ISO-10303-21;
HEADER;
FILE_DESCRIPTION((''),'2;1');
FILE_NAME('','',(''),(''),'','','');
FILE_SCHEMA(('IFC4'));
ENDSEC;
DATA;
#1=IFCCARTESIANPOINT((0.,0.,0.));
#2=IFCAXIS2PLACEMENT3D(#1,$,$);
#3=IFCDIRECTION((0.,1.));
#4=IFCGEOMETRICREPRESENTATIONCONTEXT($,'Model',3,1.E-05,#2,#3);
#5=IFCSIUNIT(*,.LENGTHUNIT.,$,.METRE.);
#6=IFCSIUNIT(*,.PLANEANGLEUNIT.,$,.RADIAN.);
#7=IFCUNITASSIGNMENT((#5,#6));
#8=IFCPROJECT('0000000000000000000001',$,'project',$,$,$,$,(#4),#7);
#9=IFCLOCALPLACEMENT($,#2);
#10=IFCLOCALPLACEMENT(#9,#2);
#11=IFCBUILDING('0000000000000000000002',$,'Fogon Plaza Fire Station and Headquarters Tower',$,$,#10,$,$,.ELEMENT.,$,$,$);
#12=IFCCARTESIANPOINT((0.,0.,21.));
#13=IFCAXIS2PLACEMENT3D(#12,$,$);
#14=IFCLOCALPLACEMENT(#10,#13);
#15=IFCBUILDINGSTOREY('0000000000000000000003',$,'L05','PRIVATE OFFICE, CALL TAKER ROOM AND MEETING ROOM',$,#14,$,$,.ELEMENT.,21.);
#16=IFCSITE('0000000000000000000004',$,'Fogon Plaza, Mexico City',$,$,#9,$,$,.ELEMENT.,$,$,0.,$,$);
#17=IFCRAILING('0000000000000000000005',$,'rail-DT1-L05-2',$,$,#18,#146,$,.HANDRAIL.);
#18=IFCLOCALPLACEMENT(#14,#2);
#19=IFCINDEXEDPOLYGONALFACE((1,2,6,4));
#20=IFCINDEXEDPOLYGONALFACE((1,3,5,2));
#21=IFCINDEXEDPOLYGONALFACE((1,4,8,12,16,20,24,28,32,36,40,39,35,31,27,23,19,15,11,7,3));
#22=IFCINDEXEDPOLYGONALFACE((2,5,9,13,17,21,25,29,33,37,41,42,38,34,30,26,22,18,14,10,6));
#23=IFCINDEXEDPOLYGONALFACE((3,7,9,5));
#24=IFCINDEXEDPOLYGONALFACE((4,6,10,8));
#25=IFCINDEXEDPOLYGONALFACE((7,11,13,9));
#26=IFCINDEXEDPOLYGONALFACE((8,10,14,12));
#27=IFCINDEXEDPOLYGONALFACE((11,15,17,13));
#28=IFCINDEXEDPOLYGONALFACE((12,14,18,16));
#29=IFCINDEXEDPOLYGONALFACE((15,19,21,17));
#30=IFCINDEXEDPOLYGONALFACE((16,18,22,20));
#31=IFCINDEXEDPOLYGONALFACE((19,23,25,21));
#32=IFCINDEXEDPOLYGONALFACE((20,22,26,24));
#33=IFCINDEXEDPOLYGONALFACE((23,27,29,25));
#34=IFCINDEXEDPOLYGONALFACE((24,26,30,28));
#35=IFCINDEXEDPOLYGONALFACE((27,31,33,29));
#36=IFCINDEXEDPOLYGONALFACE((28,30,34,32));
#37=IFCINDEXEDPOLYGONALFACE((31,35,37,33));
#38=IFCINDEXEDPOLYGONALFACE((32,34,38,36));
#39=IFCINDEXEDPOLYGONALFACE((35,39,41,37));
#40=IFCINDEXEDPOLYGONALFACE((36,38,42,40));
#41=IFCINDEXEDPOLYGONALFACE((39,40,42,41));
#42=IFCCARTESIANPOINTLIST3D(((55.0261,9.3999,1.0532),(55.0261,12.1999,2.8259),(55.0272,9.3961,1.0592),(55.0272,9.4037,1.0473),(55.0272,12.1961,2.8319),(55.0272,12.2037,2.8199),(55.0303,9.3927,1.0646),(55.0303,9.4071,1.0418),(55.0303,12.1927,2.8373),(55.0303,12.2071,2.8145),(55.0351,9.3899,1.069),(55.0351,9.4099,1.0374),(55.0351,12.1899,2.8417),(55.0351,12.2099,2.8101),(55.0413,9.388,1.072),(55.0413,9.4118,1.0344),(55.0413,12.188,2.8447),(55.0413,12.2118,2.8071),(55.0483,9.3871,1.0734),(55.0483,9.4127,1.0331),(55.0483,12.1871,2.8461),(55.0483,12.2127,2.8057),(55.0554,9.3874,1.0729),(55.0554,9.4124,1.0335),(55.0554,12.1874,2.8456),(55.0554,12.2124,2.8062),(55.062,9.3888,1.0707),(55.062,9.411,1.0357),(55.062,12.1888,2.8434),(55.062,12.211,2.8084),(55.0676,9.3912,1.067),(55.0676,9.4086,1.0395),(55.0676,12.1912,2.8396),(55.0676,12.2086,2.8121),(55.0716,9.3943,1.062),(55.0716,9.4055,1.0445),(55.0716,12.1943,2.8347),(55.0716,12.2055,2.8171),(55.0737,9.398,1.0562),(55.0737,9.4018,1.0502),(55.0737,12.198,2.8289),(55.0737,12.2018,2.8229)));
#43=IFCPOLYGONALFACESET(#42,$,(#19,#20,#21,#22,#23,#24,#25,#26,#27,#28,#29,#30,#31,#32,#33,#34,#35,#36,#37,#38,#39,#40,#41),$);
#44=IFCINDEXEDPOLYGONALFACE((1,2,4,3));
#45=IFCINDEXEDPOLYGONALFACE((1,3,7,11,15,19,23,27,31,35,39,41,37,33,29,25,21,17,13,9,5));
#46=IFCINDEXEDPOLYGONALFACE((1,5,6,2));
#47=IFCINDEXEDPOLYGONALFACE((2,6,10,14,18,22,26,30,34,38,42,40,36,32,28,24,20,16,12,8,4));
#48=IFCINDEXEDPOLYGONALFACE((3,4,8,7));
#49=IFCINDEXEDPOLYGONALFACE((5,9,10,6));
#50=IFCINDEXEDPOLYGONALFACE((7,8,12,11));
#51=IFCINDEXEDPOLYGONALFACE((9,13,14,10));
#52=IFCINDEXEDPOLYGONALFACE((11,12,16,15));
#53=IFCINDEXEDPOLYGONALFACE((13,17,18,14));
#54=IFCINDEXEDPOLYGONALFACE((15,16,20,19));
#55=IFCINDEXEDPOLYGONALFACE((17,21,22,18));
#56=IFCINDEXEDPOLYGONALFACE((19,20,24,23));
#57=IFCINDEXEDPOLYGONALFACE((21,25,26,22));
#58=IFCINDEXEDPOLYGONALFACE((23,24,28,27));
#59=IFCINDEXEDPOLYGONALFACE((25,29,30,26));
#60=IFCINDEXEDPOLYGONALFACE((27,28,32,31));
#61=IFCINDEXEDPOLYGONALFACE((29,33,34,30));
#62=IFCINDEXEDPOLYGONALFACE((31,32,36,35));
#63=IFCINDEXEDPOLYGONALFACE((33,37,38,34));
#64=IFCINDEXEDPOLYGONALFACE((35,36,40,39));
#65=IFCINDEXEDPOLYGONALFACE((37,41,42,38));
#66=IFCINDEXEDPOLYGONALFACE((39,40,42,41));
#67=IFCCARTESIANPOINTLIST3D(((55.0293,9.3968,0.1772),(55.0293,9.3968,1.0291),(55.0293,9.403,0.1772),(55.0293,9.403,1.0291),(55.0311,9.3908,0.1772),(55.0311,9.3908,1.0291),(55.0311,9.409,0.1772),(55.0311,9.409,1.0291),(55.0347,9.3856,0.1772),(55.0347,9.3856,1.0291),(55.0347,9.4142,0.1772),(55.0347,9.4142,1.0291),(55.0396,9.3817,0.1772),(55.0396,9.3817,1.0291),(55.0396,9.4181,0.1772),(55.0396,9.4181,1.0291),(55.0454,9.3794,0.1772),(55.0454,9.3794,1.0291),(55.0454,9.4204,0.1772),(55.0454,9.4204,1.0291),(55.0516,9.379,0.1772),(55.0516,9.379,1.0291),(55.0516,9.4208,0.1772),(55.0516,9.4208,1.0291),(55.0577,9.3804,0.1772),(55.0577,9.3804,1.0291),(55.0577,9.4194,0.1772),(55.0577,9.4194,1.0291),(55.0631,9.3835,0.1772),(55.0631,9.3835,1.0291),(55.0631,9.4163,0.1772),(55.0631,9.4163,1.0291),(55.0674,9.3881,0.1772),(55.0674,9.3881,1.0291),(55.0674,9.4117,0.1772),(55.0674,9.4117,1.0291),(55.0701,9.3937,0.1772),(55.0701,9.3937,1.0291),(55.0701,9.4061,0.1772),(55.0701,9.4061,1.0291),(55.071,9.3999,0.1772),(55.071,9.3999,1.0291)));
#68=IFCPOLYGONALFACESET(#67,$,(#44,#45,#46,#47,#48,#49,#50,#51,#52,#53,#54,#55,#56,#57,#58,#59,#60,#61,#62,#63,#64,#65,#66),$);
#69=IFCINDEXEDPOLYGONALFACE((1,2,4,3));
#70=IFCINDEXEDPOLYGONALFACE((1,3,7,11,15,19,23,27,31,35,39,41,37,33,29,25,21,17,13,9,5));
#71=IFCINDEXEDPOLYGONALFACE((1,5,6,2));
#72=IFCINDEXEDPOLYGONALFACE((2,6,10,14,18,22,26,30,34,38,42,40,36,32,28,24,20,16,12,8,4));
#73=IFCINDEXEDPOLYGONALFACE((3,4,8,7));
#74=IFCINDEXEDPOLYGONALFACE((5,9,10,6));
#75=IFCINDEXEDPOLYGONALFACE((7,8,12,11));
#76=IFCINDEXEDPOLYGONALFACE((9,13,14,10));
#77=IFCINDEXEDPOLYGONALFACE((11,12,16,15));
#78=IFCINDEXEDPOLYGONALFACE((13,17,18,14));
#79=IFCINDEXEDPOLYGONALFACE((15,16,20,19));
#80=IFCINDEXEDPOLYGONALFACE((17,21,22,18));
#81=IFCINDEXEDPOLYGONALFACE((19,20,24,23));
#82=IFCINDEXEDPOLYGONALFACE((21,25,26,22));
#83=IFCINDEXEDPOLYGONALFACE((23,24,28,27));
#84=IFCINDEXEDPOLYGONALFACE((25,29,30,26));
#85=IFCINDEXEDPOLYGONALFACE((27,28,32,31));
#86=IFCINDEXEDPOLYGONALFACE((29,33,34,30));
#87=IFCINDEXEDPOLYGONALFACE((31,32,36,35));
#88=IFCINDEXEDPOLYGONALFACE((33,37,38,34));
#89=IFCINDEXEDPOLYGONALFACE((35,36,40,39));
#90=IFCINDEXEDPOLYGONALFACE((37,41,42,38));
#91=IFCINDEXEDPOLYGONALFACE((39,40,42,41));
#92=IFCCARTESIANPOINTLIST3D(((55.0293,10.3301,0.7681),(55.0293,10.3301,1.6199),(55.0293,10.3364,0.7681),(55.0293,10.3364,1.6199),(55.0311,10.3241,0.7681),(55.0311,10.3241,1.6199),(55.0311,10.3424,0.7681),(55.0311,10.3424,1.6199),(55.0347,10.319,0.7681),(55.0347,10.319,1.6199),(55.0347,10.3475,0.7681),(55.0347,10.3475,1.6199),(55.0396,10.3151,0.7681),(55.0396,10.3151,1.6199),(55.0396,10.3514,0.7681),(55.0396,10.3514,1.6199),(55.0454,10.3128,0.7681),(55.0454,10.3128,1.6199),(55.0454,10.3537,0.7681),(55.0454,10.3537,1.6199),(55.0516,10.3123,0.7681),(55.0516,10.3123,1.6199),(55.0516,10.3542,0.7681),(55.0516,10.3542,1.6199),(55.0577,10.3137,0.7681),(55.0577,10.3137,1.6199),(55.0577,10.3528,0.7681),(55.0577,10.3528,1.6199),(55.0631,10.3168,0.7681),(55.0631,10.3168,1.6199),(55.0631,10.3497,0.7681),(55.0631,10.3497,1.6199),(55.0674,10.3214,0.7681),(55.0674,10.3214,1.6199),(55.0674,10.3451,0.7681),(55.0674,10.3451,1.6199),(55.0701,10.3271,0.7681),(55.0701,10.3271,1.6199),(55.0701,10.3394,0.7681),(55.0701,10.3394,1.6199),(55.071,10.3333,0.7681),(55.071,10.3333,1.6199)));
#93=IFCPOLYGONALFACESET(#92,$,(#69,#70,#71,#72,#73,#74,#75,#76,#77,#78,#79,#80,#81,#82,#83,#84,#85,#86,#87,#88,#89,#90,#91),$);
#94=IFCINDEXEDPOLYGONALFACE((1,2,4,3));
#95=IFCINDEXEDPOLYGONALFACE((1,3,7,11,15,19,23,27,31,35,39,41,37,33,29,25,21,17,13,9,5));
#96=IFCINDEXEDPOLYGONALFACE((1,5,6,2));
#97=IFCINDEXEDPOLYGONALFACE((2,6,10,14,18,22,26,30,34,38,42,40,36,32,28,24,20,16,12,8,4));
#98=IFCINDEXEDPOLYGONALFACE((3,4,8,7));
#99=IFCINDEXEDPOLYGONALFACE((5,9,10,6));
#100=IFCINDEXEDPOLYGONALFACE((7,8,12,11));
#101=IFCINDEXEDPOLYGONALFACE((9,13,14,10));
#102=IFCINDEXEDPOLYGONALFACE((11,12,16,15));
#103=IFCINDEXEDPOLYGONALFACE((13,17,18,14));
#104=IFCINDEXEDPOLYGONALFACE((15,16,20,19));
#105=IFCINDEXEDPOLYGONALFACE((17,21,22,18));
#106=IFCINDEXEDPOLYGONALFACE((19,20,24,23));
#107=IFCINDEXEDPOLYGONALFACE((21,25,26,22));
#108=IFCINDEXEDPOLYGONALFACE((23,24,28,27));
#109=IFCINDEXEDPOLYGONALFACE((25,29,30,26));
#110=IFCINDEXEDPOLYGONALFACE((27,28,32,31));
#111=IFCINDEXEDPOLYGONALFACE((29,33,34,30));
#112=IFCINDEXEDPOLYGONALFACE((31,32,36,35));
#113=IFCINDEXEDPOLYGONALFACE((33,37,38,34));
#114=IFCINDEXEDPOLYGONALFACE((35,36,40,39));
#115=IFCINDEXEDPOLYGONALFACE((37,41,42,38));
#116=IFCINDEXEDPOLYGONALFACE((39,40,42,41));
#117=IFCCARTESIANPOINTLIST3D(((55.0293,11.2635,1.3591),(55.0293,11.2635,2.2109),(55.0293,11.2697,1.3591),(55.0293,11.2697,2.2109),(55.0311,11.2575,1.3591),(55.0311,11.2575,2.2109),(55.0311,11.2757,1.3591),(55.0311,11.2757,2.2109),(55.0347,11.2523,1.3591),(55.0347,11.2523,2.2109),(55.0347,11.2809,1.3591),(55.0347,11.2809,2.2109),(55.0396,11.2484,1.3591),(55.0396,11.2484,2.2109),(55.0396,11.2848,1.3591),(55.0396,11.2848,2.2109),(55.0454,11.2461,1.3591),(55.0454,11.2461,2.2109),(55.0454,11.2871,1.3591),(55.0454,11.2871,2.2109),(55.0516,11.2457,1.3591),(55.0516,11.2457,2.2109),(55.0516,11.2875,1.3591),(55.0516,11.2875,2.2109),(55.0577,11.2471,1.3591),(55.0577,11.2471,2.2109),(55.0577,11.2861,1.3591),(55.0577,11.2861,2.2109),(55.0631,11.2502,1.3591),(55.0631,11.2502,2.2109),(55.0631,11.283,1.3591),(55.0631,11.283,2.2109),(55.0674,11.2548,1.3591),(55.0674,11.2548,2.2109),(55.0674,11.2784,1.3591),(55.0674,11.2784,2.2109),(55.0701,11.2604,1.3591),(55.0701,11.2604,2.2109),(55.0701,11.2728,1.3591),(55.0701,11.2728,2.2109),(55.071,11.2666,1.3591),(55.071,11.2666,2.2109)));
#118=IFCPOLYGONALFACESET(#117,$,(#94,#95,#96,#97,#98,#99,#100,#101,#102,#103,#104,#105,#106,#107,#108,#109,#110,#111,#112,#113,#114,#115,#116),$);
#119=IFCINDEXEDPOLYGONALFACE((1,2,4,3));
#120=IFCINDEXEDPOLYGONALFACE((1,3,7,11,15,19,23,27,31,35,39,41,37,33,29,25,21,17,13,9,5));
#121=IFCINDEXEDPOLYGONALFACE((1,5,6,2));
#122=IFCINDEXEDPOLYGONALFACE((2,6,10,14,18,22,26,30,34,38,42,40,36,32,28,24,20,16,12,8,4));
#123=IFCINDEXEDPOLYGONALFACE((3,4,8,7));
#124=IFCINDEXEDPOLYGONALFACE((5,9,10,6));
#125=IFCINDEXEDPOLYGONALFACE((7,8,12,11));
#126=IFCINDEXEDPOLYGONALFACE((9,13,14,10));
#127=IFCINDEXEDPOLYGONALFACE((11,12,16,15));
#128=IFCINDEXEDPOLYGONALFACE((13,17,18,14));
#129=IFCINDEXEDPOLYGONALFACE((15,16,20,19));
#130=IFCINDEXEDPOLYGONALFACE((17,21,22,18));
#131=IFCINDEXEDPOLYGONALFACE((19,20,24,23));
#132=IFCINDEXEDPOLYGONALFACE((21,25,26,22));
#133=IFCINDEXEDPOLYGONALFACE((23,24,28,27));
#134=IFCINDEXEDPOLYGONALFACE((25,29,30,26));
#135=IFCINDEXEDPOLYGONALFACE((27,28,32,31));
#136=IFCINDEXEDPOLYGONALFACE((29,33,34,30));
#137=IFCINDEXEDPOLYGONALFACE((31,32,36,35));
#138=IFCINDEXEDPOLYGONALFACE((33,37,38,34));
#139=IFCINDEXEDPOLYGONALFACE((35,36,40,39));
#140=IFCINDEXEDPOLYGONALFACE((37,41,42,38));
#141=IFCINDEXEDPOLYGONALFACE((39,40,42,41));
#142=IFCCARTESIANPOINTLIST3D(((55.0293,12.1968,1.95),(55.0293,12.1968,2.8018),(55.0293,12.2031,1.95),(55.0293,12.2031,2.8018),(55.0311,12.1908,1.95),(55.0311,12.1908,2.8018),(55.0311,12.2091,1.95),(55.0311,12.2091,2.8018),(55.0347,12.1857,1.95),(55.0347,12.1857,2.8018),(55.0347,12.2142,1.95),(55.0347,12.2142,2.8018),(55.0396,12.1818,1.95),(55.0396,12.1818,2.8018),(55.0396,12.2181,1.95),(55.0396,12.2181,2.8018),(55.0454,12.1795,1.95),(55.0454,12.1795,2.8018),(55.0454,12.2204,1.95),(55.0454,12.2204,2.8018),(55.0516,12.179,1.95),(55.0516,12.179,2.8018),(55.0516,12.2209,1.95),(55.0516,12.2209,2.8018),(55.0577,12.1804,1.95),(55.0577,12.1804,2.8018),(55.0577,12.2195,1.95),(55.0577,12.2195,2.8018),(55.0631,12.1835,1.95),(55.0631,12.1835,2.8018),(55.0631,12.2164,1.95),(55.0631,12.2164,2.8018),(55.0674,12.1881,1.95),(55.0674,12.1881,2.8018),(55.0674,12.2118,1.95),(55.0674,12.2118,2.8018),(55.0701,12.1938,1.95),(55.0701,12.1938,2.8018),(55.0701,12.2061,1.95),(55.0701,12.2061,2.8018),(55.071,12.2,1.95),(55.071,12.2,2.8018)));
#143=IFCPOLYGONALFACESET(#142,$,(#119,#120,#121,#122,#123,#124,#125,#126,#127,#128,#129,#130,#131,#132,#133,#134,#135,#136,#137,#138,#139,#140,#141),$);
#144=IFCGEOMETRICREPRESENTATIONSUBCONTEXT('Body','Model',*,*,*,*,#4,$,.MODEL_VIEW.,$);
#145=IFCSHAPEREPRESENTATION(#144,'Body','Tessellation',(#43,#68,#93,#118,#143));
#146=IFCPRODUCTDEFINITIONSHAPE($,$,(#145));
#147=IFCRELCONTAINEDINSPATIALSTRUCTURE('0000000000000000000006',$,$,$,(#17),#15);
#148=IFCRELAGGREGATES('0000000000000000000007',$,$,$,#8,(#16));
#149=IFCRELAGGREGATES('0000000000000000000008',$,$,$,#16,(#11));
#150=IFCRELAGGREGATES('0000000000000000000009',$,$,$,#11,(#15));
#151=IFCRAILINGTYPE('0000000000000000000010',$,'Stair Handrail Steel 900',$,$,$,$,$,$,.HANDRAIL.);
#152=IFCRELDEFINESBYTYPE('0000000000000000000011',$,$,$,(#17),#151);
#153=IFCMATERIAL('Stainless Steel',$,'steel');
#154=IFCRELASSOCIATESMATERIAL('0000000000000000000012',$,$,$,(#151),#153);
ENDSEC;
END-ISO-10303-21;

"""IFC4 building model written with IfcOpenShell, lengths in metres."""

from ifc_helpers import new_model, si_unit, direction, frame, origin, origin_2d, place, context, subcontext, project, spatial, circle, extrude, material, type_object, element, save


model = new_model("IFC4")

# Units and contexts
model_context = context("Model", 3, precision=1e-05, world=origin(), true_north=direction((0.0, 1.0)))
body_context = subcontext(model_context, "Body", "Model", "MODEL_VIEW")
ifc_project = project(units=[si_unit("LENGTHUNIT", "METRE"), si_unit("PLANEANGLEUNIT", "RADIAN")], contexts=[model_context])

# Site, building, storey
site_placement = place(None, origin())
site = spatial("IfcSite", under=ifc_project, at=site_placement, Name="Fogon Plaza, Mexico City", CompositionType="ELEMENT", RefElevation=0.0)
building_placement = place(site_placement, origin())
building = spatial("IfcBuilding", under=site, at=building_placement, Name="Fogon Plaza Fire Station and Headquarters Tower", CompositionType="ELEMENT")
storey_placement = place(building_placement, frame((0.0, 0.0, 21.0)))
storey = spatial("IfcBuildingStorey", under=building, at=storey_placement, Name="L05", Description="PRIVATE OFFICE, CALL TAKER ROOM AND MEETING ROOM", CompositionType="ELEMENT", Elevation=21.0)

# Railing
ifc_material_1 = material(Name="Stainless Steel", Category="steel")
railing_type_1 = type_object("IfcRailingType", Name="Stair Handrail Steel 900", PredefinedType="HANDRAIL", material=ifc_material_1)
for number, where, name in (
    (1, (55.05, 9.3999, 0.1772), "rail-DT1-L05-2"),
):
    element("IfcRailing", number, at=place(storey_placement, frame(where)), inside=storey, type_object=railing_type_1, Name=name, PredefinedType="HANDRAIL", context=body_context, shape_type="SweptSolid", body=[
        extrude(circle(Radius=0.0239, at=origin_2d()), frame((0.0, 0.0, 0.876), z_axis=(0.0, 0.844909, 0.53491), x_axis=(-1.0, 0.0, 0.0)), (0.0, 0.0, 1.0), 3.314),
        extrude(circle(Radius=0.021, at=origin_2d()), origin(), (0.0, 0.0, 1.0), 0.8518),
        extrude(circle(Radius=0.021, at=origin_2d()), frame((0.0, 0.9333, 0.5908)), (0.0, 0.0, 1.0), 0.8518),
        extrude(circle(Radius=0.021, at=origin_2d()), frame((0.0, 1.8667, 1.1819)), (0.0, 0.0, 1.0), 0.8518),
        extrude(circle(Radius=0.021, at=origin_2d()), frame((0.0, 2.8, 1.7727)), (0.0, 0.0, 1.0), 0.8518),
    ])

save(model, "model.ifc")
